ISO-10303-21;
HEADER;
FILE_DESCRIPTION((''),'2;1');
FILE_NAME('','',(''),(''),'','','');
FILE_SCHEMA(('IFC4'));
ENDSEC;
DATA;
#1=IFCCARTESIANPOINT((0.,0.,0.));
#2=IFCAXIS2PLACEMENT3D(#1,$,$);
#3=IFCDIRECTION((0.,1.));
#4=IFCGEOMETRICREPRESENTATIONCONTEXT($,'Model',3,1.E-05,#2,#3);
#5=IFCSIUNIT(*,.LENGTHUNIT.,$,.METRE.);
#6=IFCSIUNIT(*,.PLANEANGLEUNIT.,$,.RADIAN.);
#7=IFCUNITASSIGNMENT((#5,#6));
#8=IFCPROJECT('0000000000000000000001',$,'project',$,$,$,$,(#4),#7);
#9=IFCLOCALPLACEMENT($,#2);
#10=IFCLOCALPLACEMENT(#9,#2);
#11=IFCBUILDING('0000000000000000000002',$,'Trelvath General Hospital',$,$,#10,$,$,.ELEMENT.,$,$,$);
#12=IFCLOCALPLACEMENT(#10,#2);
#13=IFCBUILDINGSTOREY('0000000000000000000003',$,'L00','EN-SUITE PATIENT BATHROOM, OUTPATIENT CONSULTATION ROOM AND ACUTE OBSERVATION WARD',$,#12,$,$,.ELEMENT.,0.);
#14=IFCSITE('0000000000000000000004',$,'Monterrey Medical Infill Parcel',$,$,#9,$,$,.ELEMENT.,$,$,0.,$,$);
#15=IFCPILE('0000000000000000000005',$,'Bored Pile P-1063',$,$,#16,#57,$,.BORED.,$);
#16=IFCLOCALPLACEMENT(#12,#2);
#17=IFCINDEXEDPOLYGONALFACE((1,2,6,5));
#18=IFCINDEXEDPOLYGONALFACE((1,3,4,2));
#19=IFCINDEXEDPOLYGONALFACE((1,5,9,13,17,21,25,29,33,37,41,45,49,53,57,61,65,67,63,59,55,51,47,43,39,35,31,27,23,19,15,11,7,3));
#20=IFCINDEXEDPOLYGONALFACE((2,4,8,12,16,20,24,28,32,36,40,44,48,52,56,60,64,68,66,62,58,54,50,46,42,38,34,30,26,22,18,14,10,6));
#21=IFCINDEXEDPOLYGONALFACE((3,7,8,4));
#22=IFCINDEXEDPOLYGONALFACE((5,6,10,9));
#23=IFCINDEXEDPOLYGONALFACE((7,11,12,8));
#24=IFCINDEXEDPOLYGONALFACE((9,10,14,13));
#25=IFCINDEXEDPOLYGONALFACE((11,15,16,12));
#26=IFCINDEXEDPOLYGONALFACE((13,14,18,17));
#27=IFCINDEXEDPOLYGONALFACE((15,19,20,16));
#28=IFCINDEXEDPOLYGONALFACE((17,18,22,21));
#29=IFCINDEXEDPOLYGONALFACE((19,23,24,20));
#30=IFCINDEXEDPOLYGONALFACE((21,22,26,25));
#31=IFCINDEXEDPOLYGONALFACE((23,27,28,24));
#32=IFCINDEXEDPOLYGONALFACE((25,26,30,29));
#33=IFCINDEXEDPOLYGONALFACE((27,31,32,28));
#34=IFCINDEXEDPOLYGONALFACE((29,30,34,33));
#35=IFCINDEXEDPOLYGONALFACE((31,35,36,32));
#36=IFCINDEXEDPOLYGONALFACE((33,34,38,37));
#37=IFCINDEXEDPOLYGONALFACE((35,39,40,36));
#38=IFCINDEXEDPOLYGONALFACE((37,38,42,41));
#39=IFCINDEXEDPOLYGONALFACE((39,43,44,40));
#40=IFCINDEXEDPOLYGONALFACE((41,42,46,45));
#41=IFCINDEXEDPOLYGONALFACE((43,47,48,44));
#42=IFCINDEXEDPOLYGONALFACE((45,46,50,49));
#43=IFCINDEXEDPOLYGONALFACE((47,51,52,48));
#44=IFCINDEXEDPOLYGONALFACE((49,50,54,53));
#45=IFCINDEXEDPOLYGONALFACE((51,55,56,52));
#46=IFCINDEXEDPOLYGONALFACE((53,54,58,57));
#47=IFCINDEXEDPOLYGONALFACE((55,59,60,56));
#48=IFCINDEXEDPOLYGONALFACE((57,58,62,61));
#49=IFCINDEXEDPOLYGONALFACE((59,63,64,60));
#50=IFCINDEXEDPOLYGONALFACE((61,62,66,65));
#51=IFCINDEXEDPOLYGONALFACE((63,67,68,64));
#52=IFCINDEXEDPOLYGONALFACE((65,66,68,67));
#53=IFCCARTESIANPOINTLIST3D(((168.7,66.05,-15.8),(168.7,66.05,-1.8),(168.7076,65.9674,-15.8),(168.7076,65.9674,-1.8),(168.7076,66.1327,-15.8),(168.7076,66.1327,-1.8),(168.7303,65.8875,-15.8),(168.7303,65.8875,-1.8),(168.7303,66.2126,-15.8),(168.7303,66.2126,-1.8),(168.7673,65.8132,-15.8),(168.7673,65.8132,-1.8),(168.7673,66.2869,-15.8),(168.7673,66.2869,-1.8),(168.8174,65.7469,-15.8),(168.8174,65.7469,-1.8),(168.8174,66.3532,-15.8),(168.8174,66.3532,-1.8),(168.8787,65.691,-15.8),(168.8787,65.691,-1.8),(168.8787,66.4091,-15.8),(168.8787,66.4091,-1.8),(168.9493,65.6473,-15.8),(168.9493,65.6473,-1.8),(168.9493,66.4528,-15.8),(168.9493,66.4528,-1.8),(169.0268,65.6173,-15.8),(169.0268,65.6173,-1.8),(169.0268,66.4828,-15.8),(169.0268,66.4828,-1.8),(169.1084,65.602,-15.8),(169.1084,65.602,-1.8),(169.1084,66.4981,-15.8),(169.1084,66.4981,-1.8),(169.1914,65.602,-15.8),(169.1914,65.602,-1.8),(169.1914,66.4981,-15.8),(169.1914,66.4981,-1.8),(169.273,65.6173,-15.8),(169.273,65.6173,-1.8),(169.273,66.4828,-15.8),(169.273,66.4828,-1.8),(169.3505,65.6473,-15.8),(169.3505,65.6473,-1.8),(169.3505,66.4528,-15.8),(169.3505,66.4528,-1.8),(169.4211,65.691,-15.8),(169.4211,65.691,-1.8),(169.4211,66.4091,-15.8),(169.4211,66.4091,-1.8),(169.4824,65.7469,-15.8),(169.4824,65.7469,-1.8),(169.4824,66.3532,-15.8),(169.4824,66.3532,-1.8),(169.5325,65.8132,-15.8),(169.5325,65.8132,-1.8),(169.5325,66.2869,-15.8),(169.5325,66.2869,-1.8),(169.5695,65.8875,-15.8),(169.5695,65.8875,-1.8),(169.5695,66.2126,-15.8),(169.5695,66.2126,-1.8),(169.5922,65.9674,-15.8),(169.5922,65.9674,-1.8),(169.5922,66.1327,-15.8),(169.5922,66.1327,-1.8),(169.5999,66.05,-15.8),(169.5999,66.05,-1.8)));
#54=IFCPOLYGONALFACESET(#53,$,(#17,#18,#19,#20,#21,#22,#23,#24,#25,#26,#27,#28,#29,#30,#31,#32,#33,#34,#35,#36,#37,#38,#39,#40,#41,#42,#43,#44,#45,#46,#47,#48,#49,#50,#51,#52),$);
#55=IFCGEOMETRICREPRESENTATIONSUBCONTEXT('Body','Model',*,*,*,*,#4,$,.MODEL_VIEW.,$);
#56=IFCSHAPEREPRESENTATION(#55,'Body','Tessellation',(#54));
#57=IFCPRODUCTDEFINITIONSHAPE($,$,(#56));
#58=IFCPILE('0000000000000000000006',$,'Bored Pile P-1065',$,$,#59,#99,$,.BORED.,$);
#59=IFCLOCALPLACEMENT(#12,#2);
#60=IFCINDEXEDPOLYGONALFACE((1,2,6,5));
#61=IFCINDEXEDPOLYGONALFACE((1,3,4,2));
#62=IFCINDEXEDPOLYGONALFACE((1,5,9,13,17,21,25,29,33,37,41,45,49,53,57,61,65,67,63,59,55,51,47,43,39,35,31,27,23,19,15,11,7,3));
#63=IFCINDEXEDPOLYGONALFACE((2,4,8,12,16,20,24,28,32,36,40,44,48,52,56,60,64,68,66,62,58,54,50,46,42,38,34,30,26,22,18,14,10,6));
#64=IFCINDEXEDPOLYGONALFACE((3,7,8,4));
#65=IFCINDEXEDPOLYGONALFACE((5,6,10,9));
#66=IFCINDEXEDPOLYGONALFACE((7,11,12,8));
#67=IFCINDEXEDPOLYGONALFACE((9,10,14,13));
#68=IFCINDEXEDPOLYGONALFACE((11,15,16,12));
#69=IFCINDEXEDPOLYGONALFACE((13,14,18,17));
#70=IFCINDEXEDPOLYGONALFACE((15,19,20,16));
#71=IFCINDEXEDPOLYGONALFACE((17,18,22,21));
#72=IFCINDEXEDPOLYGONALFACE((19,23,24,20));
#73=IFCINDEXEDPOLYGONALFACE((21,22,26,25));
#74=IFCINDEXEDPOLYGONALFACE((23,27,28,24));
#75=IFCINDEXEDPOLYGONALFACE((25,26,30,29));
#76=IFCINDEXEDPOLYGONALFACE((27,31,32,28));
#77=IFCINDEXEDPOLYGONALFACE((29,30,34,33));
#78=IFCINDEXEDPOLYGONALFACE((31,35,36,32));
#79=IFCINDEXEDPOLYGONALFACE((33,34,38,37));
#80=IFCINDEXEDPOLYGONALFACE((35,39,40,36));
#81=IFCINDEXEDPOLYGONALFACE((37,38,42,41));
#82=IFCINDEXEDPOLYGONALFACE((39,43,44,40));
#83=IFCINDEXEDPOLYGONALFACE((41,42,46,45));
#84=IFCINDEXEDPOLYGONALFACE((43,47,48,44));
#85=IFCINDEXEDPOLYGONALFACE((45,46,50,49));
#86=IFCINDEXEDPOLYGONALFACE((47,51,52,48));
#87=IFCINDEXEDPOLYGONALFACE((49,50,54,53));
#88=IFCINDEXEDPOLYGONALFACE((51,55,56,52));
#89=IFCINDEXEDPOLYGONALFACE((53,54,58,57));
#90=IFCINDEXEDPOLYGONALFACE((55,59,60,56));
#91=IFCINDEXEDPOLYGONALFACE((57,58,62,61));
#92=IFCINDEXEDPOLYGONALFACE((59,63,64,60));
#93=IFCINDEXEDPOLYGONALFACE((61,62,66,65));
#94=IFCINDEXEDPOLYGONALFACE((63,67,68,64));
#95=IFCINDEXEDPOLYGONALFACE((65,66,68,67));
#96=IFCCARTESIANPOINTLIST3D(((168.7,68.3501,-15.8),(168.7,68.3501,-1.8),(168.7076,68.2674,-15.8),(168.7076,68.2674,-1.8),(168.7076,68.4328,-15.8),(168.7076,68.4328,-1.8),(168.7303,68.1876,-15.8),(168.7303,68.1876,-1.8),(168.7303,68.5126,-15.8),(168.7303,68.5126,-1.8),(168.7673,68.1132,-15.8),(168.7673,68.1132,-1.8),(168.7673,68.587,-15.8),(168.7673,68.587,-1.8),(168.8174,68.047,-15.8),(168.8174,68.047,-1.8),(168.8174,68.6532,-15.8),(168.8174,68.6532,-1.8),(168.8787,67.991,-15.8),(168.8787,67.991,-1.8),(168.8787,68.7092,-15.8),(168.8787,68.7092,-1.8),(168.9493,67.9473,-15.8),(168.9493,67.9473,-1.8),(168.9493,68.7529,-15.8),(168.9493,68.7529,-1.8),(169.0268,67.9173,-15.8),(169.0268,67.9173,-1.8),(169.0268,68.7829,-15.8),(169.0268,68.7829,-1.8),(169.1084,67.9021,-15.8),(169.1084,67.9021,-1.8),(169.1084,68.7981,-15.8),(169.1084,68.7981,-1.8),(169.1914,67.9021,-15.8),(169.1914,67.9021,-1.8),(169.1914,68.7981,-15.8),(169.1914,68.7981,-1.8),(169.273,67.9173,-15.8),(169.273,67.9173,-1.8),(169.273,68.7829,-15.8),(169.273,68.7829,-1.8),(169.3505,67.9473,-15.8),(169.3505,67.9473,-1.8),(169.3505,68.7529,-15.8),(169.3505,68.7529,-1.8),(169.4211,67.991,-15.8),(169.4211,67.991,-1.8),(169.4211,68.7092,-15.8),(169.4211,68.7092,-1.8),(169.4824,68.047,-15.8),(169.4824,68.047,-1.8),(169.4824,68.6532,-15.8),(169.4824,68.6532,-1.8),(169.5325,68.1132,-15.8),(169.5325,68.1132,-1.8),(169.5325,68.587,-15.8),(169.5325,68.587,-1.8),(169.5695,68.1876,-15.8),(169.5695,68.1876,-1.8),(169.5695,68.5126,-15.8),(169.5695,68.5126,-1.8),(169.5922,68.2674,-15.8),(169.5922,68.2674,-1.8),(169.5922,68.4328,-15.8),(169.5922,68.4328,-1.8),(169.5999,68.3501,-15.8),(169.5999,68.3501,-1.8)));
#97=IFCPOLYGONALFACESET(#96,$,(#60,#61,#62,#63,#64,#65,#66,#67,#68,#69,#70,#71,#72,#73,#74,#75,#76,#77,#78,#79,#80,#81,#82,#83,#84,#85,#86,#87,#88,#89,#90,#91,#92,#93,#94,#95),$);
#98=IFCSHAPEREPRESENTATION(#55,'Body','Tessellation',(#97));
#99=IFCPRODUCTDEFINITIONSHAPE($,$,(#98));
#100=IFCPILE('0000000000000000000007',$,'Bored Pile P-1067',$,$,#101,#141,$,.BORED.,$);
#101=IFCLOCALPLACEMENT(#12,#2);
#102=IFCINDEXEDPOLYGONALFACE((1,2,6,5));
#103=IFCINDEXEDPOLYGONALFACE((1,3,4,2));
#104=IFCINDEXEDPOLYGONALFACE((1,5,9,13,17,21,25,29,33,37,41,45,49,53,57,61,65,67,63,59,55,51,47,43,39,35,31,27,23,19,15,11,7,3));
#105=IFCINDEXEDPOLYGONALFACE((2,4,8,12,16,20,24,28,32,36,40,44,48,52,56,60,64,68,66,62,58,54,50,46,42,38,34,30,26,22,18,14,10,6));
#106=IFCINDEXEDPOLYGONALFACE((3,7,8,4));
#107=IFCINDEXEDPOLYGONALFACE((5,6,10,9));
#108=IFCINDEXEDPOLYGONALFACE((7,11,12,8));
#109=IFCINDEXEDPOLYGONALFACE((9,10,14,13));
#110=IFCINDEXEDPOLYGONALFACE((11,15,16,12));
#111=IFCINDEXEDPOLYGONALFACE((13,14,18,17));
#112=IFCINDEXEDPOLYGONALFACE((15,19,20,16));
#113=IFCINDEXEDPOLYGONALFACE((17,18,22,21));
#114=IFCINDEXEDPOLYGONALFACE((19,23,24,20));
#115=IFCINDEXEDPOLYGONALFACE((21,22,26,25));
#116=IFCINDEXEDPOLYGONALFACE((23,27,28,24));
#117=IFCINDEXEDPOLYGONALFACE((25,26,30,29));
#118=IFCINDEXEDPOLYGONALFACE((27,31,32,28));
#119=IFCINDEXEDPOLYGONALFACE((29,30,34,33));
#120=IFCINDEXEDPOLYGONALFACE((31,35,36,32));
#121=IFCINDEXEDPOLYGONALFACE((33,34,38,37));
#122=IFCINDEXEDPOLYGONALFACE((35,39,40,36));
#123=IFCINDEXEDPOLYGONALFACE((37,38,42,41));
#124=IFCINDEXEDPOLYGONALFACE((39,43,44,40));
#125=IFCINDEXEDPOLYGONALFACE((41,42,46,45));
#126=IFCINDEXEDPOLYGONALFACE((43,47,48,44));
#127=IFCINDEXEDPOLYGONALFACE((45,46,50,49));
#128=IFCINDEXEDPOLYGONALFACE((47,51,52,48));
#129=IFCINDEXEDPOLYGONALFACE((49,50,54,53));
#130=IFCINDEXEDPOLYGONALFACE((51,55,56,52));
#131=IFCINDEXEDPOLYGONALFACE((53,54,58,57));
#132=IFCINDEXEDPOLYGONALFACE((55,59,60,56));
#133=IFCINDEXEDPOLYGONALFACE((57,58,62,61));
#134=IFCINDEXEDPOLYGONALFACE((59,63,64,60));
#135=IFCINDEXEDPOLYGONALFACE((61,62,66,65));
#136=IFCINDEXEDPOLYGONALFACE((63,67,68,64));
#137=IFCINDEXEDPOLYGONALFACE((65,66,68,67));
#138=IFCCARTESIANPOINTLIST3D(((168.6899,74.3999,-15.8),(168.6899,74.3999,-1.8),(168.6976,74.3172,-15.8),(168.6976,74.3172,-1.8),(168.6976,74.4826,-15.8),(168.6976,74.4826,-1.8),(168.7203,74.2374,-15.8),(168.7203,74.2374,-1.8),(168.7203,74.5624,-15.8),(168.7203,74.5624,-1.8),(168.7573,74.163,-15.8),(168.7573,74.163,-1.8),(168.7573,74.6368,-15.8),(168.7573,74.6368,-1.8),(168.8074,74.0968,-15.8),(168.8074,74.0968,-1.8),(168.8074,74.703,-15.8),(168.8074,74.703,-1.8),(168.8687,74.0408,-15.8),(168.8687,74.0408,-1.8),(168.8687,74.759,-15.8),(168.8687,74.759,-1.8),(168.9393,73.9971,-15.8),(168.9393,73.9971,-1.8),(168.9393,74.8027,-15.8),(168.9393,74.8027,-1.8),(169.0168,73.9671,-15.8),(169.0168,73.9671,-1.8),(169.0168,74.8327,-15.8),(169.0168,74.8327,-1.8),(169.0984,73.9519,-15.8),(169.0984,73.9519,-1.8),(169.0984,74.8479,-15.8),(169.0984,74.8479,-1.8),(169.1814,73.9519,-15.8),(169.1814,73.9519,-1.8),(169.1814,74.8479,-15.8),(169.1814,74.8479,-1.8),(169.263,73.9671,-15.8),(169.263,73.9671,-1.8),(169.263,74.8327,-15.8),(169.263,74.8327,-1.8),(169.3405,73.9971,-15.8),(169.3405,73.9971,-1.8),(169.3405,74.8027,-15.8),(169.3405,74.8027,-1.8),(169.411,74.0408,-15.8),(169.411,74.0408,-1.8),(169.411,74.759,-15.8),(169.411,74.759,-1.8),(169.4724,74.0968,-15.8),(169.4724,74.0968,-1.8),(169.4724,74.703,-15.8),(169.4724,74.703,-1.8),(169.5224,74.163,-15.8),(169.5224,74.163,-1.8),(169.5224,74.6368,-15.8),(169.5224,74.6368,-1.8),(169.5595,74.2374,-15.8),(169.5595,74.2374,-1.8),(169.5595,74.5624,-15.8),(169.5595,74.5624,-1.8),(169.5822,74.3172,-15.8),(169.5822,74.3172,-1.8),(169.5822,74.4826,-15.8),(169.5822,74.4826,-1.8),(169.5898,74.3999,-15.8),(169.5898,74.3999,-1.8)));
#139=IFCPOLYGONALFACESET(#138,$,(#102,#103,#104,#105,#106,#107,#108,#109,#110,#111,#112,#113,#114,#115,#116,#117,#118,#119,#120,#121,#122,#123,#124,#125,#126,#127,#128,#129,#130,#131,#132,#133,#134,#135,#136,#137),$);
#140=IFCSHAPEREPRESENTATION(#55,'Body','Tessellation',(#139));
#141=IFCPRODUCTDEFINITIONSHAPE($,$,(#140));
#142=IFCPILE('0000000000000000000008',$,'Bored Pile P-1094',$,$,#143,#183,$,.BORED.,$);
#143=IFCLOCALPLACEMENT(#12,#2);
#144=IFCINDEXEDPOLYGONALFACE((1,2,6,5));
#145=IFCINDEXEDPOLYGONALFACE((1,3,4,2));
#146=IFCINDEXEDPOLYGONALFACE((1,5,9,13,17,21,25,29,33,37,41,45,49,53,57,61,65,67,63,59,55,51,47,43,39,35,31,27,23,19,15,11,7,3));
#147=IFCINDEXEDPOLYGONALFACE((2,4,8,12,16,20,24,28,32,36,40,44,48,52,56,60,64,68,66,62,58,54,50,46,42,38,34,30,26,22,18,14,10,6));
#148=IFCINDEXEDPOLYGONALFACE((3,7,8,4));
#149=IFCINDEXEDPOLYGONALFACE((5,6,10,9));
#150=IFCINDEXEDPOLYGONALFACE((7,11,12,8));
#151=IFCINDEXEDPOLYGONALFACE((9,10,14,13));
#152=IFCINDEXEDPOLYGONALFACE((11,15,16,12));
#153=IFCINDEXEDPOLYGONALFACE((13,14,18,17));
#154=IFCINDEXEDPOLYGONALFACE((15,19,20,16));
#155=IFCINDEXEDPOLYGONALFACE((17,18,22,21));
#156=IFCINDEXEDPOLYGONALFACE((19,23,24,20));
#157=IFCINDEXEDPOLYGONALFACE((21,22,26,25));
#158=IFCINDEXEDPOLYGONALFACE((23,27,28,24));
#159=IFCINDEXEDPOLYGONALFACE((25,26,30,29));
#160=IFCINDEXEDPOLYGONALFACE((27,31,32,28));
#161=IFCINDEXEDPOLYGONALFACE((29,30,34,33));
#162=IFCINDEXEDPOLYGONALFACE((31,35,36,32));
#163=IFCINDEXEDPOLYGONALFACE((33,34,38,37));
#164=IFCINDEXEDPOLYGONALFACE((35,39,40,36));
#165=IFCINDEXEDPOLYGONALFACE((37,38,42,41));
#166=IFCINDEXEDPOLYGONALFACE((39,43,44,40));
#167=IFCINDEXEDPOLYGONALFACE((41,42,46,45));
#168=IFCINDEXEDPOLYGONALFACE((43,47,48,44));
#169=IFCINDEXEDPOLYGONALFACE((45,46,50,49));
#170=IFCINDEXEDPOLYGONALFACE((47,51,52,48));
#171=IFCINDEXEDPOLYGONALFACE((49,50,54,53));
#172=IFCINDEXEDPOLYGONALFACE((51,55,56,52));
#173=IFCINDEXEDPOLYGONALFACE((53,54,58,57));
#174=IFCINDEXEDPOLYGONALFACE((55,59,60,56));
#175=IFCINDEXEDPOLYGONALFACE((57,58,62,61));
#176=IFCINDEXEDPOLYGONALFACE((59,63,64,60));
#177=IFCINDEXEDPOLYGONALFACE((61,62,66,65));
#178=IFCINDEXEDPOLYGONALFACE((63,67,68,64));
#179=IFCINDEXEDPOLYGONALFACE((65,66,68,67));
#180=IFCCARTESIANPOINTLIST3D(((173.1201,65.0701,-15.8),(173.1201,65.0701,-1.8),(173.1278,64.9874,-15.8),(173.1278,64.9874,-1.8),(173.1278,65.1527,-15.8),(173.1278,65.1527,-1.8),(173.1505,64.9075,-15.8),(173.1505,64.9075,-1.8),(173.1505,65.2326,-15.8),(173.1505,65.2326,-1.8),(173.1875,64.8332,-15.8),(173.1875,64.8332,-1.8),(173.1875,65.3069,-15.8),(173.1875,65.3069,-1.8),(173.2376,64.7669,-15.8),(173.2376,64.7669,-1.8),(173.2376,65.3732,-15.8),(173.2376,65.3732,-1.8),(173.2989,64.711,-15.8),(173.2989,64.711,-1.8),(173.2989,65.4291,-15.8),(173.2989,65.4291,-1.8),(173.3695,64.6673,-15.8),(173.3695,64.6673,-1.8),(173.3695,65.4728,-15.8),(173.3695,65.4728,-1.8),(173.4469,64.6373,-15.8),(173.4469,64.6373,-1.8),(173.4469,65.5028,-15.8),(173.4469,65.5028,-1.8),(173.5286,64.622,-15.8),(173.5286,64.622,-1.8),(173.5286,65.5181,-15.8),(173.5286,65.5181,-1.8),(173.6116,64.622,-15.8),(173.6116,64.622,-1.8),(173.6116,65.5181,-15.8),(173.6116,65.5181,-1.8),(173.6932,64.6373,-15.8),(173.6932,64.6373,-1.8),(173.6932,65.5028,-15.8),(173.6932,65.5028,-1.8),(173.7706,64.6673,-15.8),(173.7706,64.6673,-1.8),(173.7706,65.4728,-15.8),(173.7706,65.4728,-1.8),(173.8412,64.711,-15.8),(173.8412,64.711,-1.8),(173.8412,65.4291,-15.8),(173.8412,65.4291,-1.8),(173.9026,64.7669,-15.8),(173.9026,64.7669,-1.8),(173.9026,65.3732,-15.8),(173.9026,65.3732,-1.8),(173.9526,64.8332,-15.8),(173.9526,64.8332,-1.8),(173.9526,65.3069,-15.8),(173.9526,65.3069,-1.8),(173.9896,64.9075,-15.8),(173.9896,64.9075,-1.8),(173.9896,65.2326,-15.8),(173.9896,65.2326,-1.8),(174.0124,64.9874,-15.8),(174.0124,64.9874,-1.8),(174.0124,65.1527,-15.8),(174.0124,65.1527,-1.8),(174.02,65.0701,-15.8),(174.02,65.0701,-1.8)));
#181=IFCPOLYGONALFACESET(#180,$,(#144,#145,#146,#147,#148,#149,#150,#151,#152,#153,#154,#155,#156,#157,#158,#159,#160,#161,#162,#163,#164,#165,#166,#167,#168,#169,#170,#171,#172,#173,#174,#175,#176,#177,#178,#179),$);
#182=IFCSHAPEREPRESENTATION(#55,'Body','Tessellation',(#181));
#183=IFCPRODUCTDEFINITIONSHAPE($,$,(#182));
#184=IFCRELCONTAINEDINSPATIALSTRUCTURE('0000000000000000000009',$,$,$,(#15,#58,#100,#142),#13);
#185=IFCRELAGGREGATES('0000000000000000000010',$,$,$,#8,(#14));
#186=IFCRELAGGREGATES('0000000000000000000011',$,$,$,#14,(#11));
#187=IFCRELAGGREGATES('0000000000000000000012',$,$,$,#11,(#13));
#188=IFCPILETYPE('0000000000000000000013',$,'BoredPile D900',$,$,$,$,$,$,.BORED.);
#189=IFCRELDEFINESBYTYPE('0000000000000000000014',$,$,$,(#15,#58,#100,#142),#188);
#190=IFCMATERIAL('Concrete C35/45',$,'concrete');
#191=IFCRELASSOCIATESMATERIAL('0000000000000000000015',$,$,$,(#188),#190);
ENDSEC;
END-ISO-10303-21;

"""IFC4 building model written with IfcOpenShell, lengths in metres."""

from ifc_helpers import new_model, si_unit, direction, frame, origin, origin_2d, place, context, subcontext, project, spatial, circle, extrude, material, material_profile, profile_set, type_object, element, save


model = new_model("IFC4")

# Units and contexts
model_context = context("Model", 3, precision=1e-05, world=origin(), true_north=direction((0.0, 1.0)))
body_context = subcontext(model_context, "Body", "Model", "MODEL_VIEW")
ifc_project = project(units=[si_unit("LENGTHUNIT", "METRE"), si_unit("PLANEANGLEUNIT", "RADIAN")], contexts=[model_context])

# Site, building, storey
site_placement = place(None, origin())
site = spatial("IfcSite", under=ifc_project, at=site_placement, Name="Monterrey Medical Infill Parcel", CompositionType="ELEMENT", RefElevation=0.0)
building_placement = place(site_placement, origin())
building = spatial("IfcBuilding", under=site, at=building_placement, Name="Trelvath General Hospital", CompositionType="ELEMENT")
storey_placement = place(building_placement, origin())
storey = spatial("IfcBuildingStorey", under=building, at=storey_placement, Name="L00", Description="EN-SUITE PATIENT BATHROOM, OUTPATIENT CONSULTATION ROOM AND ACUTE OBSERVATION WARD", CompositionType="ELEMENT", Elevation=0.0)

# Piles
ifc_material_1 = material(Name="Concrete C35/45", Category="concrete")
ifc_material_profile_1 = material_profile(ifc_material_1, circle(Radius=0.45, at=origin_2d()), Name="PILE900")
ifc_profile_set_1 = profile_set([ifc_material_profile_1], Name="Concrete C35/45")
pile_type = type_object("IfcPileType", Name="BoredPile D900", PredefinedType="BORED", material=ifc_profile_set_1)
for number, where, z_axis, x_axis, name in (
    (1, (169.1499, 66.05, -1.8), (0.0, 0.0, -1.0), (1.0, 0.0, 0.0), "Bored Pile P-1063"),
    (2, (169.1499, 68.3501, -1.8), (0.0, 0.0, -1.0), (1.0, 0.0, 0.0), "Bored Pile P-1065"),
    (3, (169.1399, 74.3999, -1.8), (0.0, 0.0, -1.0), (1.0, 0.0, 0.0), "Bored Pile P-1067"),
    (4, (173.5701, 65.0701, -1.8), (0.0, 0.0, -1.0), (1.0, 0.0, 0.0), "Bored Pile P-1094"),
):
    element("IfcPile", number, at=place(storey_placement, frame(where, z_axis=z_axis, x_axis=x_axis)), inside=storey, type_object=pile_type, Name=name, PredefinedType="BORED", context=body_context, shape_type="SweptSolid", body=[
        extrude(circle(Radius=0.45, at=origin_2d()), origin(), (0.0, 0.0, 1.0), 14.0),
    ])

save(model, "model.ifc")
